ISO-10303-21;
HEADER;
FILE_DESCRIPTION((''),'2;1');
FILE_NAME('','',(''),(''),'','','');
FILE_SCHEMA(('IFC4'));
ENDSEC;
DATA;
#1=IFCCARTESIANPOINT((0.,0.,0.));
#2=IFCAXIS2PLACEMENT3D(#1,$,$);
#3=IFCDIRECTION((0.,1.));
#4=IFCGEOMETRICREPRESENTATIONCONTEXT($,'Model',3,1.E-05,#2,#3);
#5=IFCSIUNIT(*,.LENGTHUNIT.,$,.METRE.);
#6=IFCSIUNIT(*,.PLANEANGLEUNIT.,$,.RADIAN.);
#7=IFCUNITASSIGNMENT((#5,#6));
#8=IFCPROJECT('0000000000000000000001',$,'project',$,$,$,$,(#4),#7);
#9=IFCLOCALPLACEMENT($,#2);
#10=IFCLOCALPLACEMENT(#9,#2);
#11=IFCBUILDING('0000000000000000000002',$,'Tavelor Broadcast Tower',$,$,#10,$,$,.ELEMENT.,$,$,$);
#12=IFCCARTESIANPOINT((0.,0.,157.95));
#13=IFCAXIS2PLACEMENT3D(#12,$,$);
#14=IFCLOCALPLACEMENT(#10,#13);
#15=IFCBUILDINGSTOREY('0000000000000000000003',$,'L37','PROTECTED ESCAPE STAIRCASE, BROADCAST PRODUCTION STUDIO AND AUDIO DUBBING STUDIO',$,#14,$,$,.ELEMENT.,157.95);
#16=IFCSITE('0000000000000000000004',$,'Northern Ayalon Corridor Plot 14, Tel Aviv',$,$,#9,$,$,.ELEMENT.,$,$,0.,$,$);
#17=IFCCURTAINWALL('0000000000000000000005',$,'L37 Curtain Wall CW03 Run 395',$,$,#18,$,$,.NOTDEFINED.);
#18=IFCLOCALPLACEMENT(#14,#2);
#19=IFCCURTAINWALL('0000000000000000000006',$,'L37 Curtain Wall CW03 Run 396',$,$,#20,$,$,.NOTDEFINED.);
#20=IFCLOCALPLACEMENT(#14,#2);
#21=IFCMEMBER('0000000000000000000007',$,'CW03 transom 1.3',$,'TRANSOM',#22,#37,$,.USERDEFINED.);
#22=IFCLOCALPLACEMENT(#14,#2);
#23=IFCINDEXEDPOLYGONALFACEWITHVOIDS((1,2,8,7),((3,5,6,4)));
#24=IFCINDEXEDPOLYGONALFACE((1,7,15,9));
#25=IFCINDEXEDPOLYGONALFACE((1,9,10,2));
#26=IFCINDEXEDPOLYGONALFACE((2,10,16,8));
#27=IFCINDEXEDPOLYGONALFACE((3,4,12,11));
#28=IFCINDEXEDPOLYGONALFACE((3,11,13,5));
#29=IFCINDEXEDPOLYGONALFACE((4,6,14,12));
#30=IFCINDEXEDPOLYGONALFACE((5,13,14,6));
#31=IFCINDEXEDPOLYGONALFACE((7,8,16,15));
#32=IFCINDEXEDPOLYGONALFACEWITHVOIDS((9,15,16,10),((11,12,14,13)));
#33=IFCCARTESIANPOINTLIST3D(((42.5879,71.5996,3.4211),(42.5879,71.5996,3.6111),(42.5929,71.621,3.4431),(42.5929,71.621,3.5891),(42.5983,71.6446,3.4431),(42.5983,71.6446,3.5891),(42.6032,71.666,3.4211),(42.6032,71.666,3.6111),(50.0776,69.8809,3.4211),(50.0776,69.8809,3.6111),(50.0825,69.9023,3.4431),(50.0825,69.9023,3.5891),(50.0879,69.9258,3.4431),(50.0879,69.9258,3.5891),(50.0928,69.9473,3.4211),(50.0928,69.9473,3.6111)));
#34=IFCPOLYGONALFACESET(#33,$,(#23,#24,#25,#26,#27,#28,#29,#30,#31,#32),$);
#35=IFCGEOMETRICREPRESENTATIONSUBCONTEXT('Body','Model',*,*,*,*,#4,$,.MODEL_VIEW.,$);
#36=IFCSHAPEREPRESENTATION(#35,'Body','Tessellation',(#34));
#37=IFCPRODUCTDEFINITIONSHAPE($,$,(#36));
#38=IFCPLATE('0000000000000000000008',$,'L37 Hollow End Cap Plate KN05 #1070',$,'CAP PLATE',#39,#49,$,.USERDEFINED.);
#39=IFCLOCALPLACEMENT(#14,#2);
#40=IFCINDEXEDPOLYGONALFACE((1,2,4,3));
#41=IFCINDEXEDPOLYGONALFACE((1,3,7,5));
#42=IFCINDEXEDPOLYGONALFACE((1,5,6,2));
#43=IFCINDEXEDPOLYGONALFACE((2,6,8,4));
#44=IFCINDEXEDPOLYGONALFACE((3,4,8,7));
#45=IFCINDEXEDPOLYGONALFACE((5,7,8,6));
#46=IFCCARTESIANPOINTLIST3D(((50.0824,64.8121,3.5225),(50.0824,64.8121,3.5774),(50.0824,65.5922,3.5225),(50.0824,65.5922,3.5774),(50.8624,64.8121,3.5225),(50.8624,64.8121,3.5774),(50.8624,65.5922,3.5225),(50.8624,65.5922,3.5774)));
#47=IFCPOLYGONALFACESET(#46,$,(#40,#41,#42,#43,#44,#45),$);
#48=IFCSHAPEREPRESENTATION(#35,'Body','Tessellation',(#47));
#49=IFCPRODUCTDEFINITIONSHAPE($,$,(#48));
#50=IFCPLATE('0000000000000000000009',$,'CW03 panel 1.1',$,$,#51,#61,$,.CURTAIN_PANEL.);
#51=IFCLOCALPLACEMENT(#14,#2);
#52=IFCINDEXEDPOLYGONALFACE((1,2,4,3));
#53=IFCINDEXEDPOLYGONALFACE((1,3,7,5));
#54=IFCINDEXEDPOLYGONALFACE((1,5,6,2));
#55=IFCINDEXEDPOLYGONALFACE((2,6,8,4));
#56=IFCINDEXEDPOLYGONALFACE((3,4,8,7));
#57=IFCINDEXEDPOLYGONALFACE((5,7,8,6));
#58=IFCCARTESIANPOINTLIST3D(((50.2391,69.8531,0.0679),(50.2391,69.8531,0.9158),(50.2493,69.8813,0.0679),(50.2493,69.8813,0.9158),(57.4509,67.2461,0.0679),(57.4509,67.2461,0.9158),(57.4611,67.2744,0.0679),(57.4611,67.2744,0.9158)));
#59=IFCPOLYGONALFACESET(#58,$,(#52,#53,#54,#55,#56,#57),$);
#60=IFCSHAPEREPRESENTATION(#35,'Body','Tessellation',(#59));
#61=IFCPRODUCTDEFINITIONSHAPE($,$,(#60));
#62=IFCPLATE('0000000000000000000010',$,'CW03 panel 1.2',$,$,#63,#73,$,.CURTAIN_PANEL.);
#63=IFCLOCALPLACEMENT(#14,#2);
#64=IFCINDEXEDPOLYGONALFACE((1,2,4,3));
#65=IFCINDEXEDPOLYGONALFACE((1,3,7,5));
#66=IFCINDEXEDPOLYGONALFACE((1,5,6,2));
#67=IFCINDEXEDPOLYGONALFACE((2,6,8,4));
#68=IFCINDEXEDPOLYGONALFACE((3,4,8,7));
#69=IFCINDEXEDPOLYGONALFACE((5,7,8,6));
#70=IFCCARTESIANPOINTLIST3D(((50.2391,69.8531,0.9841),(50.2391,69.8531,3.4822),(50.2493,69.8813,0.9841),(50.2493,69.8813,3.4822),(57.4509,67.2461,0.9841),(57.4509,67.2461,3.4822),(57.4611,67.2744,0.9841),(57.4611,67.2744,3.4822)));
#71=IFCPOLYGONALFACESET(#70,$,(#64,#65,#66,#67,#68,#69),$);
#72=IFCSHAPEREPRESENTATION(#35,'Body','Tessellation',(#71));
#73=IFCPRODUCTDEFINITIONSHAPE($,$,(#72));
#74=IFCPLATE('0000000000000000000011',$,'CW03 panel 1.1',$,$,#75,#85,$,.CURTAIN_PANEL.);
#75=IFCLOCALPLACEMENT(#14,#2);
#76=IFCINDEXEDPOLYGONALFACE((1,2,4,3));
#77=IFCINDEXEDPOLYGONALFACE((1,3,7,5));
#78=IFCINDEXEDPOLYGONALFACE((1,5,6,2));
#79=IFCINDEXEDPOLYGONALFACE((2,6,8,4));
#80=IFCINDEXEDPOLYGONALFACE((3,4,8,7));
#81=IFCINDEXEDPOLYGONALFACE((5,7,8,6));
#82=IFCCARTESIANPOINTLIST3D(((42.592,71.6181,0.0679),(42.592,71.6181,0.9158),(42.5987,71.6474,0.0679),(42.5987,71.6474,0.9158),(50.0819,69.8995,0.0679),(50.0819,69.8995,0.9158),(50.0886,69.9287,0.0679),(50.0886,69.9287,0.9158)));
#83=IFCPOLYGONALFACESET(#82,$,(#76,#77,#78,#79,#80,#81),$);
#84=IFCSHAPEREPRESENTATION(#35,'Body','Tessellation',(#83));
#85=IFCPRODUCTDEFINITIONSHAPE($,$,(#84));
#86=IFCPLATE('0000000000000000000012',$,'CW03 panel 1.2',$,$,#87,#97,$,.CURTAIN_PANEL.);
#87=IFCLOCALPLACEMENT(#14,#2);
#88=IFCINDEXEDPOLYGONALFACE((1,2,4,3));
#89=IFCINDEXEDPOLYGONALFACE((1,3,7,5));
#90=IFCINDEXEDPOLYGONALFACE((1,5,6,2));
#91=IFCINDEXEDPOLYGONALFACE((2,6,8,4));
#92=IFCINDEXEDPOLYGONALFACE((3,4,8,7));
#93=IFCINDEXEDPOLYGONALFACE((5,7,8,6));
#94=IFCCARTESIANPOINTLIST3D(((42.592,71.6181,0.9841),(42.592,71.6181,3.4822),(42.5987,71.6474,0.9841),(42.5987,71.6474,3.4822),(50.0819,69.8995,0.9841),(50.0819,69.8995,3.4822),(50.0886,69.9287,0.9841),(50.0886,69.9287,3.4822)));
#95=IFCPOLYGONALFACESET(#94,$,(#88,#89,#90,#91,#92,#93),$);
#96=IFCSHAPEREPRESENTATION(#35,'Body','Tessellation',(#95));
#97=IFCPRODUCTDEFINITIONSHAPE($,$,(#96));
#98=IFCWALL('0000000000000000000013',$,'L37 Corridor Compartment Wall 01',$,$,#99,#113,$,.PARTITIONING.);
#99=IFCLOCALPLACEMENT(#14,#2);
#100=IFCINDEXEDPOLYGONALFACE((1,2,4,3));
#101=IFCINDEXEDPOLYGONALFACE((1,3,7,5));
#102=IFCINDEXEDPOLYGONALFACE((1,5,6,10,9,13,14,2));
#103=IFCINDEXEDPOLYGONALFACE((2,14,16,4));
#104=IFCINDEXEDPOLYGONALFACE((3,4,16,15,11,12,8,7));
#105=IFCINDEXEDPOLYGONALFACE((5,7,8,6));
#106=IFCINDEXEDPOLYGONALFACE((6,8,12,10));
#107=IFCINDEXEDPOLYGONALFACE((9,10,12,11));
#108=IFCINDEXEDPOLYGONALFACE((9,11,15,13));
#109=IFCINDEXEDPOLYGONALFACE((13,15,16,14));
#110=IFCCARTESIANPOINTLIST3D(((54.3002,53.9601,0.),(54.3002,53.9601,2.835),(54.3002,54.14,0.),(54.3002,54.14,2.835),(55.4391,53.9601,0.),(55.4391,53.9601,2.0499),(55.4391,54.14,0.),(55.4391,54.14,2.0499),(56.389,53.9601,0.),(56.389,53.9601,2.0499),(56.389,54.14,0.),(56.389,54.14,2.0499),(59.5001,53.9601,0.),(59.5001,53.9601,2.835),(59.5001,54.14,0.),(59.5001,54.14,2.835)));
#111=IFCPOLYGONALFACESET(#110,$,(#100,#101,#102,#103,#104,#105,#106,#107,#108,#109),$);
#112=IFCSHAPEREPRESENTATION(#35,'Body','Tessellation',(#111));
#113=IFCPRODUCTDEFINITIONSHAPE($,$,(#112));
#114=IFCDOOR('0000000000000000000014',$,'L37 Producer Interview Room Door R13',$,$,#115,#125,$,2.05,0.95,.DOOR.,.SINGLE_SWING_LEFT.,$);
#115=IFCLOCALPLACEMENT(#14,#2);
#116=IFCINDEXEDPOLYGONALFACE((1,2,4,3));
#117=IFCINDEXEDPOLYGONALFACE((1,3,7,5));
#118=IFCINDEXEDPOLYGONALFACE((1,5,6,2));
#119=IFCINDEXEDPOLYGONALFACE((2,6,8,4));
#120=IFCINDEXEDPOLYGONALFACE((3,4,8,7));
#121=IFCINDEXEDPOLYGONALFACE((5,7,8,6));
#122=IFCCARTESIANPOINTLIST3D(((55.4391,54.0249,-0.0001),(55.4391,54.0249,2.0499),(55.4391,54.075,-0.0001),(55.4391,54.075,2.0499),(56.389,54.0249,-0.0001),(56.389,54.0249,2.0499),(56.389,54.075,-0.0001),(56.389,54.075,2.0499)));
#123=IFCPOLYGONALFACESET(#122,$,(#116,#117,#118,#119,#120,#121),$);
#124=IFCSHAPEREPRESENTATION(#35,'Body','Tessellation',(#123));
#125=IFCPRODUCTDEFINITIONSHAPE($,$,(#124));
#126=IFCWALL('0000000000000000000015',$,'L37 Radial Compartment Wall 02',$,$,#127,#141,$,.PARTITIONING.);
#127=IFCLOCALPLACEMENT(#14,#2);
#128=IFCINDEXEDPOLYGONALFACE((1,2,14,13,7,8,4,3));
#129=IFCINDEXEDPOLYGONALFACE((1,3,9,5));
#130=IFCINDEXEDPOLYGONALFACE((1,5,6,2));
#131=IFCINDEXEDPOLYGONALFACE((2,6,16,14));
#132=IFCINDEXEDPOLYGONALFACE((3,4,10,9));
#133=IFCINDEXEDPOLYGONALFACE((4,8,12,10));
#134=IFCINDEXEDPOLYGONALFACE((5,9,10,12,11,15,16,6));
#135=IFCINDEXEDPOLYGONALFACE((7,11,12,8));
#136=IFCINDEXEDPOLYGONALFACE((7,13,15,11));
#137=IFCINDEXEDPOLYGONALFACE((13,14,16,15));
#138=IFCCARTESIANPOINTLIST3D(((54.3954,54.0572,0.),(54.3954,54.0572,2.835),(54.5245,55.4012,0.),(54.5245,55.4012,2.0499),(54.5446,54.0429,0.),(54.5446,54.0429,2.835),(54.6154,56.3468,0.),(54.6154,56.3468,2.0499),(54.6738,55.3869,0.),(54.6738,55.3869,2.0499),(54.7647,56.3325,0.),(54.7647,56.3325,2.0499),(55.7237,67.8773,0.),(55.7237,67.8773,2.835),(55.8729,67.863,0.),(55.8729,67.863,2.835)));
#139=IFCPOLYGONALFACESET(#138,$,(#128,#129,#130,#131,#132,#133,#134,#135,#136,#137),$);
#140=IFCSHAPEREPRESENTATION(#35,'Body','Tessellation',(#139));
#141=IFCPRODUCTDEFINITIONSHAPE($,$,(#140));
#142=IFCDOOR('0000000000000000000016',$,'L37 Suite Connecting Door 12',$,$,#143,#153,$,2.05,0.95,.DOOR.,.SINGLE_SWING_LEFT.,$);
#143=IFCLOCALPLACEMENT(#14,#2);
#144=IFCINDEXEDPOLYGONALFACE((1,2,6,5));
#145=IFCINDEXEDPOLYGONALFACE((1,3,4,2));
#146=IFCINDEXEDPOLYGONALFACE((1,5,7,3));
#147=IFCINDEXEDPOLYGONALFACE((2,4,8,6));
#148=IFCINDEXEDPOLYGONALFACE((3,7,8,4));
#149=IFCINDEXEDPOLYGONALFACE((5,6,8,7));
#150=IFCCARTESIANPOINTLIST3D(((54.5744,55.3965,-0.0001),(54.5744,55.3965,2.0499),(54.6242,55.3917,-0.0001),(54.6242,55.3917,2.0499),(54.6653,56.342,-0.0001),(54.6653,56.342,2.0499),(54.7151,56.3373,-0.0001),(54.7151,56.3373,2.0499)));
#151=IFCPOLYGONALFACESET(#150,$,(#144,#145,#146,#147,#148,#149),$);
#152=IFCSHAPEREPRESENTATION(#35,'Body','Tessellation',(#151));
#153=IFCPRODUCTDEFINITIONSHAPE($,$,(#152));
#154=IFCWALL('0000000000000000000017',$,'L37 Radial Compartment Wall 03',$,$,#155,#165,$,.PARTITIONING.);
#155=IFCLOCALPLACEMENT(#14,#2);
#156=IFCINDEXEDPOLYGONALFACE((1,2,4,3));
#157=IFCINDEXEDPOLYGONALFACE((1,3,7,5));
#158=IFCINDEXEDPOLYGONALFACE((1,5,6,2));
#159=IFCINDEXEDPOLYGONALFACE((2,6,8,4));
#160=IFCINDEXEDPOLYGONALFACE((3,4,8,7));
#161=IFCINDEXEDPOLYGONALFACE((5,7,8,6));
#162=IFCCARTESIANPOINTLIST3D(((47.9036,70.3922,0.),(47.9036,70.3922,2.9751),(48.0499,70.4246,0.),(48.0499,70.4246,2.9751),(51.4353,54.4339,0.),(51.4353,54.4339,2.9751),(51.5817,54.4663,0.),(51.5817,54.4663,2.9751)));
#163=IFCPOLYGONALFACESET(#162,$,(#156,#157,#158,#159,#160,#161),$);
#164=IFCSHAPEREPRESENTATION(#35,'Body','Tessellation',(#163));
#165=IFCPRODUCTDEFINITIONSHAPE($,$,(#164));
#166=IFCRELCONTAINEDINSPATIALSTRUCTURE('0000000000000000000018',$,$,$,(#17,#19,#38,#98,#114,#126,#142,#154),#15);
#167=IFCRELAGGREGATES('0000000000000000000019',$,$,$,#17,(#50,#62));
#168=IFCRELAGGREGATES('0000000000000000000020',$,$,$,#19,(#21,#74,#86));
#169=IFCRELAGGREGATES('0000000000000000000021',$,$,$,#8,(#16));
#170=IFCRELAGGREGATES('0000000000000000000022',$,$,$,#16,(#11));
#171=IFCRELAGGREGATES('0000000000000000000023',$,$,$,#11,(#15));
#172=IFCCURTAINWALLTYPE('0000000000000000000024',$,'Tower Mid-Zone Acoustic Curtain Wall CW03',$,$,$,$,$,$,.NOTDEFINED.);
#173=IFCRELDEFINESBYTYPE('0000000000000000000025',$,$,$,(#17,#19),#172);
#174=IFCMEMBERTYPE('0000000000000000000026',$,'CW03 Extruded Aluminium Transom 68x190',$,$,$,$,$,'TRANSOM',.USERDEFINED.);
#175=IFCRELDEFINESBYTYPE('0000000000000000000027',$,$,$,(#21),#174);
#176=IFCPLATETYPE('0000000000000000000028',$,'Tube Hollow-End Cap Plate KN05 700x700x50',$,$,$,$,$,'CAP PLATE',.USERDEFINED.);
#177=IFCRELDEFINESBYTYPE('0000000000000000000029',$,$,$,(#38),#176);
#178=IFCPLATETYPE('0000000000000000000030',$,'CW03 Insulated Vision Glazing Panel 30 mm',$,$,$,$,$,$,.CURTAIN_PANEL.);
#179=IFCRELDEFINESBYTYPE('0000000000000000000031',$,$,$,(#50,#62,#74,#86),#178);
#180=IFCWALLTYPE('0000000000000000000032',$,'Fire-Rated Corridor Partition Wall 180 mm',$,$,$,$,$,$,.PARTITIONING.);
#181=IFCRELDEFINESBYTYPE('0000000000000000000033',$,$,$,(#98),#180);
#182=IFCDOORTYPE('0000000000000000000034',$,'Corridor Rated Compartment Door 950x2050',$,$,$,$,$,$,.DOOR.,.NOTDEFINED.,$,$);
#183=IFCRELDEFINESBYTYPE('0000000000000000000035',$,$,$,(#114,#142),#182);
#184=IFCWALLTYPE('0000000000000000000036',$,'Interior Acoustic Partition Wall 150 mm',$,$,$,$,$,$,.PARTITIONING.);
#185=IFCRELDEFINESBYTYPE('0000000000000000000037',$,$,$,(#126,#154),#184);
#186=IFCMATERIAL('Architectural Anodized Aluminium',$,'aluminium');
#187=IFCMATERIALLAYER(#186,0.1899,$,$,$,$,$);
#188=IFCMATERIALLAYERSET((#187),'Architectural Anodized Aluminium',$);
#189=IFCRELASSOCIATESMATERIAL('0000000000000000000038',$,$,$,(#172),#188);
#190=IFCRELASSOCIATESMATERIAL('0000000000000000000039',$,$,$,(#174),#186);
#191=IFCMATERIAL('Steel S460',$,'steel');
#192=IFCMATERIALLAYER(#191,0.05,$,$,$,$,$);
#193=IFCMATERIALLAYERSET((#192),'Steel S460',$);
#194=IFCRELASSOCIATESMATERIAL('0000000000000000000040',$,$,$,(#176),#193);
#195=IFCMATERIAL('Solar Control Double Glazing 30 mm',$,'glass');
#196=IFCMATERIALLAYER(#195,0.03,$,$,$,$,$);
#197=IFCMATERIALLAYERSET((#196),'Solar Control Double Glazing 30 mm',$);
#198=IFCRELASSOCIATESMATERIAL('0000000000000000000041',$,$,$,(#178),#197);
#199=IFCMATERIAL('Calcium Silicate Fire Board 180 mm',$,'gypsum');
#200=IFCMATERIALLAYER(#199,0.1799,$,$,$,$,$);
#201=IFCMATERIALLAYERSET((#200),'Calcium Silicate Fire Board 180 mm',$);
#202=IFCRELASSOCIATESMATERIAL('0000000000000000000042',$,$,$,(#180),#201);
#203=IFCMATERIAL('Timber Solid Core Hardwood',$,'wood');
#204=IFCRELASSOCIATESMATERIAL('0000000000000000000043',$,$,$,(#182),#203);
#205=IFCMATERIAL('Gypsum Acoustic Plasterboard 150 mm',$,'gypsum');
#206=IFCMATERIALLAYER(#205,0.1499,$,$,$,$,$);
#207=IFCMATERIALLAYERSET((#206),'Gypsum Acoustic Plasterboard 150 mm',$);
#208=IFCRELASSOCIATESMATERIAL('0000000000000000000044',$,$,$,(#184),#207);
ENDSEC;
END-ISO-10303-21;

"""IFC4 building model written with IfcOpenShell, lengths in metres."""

from ifc_helpers import new_model, si_unit, direction, frame, frame_2d, origin, origin_2d, place, context, subcontext, project, spatial, rectangle, hollow_rectangle, extrude, source, transform, mapped, material, layer, layer_set, material_profile, profile_set, type_object, type_shapes, element, fill, aggregate, save


model = new_model("IFC4")

# Units and contexts
model_context = context("Model", 3, precision=1e-05, world=origin(), true_north=direction((0.0, 1.0)))
body_context = subcontext(model_context, "Body", "Model", "MODEL_VIEW")
ifc_project = project(units=[si_unit("LENGTHUNIT", "METRE"), si_unit("PLANEANGLEUNIT", "RADIAN")], contexts=[model_context])

# Site, building, storey
site_placement = place(None, origin())
site = spatial("IfcSite", under=ifc_project, at=site_placement, Name="Northern Ayalon Corridor Plot 14, Tel Aviv", CompositionType="ELEMENT", RefElevation=0.0)
building_placement = place(site_placement, origin())
building = spatial("IfcBuilding", under=site, at=building_placement, Name="Tavelor Broadcast Tower", CompositionType="ELEMENT")
storey_placement = place(building_placement, frame((0.0, 0.0, 157.95)))
storey = spatial("IfcBuildingStorey", under=building, at=storey_placement, Name="L37", Description="PROTECTED ESCAPE STAIRCASE, BROADCAST PRODUCTION STUDIO AND AUDIO DUBBING STUDIO", CompositionType="ELEMENT", Elevation=157.95)

# Shared definitions
ifc_material_1 = material(Name="Steel S460", Category="steel")

# Curtain wall
ifc_material_2 = material(Name="Architectural Anodized Aluminium", Category="aluminium")
ifc_layer_1 = layer(ifc_material_2, 0.1899)
ifc_layer_set_1 = layer_set([ifc_layer_1], Name="Architectural Anodized Aluminium")
curtain_wall_type = type_object("IfcCurtainWallType", Name="Tower Mid-Zone Acoustic Curtain Wall CW03", PredefinedType="NOTDEFINED", material=ifc_layer_set_1)
curtain_wall_1_placement = place(storey_placement, origin())
curtain_wall_1 = element("IfcCurtainWall", 1, at=curtain_wall_1_placement, inside=storey, type_object=curtain_wall_type, Name="L37 Curtain Wall CW03 Run 395", PredefinedType="NOTDEFINED")

# Curtain wall, member
curtain_wall_2_placement = place(storey_placement, origin())
curtain_wall_2 = element("IfcCurtainWall", 2, at=curtain_wall_2_placement, inside=storey, type_object=curtain_wall_type, Name="L37 Curtain Wall CW03 Run 396", PredefinedType="NOTDEFINED")
ifc_material_profile_1 = material_profile(ifc_material_2, hollow_rectangle(XDim=0.0681, YDim=0.1899, WallThickness=0.022, at=origin_2d()), Name="RHS 68x190x22")
ifc_profile_set_1 = profile_set([ifc_material_profile_1], Name="Architectural Anodized Aluminium")
member_type_1 = type_object("IfcMemberType", Name="CW03 Extruded Aluminium Transom 68x190", ElementType="TRANSOM", PredefinedType="USERDEFINED", material=ifc_profile_set_1)
shared_shape_1 = source(origin(), body_context, "Body", "SweptSolid", [
    extrude(hollow_rectangle(XDim=0.0681, YDim=0.1899, WallThickness=0.022, at=origin_2d()), origin(), (0.0, 0.0, 1.0), 7.6843),
])
type_shapes(member_type_1, [shared_shape_1])
member_1_placement = place(storey_placement, frame((50.0852, 69.9141, 3.5161), z_axis=(-0.974666, 0.223667, 0.0), x_axis=(-0.223667, -0.974666, 0.0)))
member_1 = element("IfcMember", 3, at=member_1_placement, type_object=member_type_1, Name="CW03 transom 1.3", ObjectType="TRANSOM", PredefinedType="USERDEFINED", context=body_context, shape_type="MappedRepresentation", body=[
    mapped(shared_shape_1, transform((0.0, 0.0, 0.0), scale=1.0)),
])

# Plates
ifc_layer_2 = layer(ifc_material_1, 0.05)
ifc_layer_set_2 = layer_set([ifc_layer_2], Name="Steel S460")
plate_type_1 = type_object("IfcPlateType", Name="Tube Hollow-End Cap Plate KN05 700x700x50", ElementType="CAP PLATE", PredefinedType="USERDEFINED", material=ifc_layer_set_2)
shared_shape_2 = source(origin(), body_context, "Body", "SweptSolid", [
    extrude(rectangle(XDim=0.78, YDim=0.78, at=origin_2d()), origin(), (0.0, 0.0, 1.0), 0.0549),
])
type_shapes(plate_type_1, [shared_shape_2])
plate_1_placement = place(storey_placement, frame((50.4724, 65.2021, 3.5225), z_axis=(0.0, 0.0, 1.0), x_axis=(1.0, 0.0, 0.0)))
element("IfcPlate", 4, at=plate_1_placement, inside=storey, type_object=plate_type_1, Name="L37 Hollow End Cap Plate KN05 #1070", ObjectType="CAP PLATE", PredefinedType="USERDEFINED", context=body_context, shape_type="MappedRepresentation", body=[
    mapped(shared_shape_2, transform((0.0, 0.0, 0.0), scale=1.0)),
])
ifc_material_3 = material(Name="Solar Control Double Glazing 30 mm", Category="glass")
ifc_layer_3 = layer(ifc_material_3, 0.03)
ifc_layer_set_3 = layer_set([ifc_layer_3], Name="Solar Control Double Glazing 30 mm")
plate_type_2 = type_object("IfcPlateType", Name="CW03 Insulated Vision Glazing Panel 30 mm", PredefinedType="CURTAIN_PANEL", material=ifc_layer_set_3)
shared_shape_3 = source(origin(), body_context, "Body", "SweptSolid", [
    extrude(rectangle(XDim=7.6685, YDim=0.03, at=origin_2d()), origin(), (0.0, 0.0, 1.0), 0.8479),
])
plate_2_placement = place(storey_placement, frame((53.8501, 68.5637, 0.0679), z_axis=(0.0, 0.0, 1.0), x_axis=(-0.94044, 0.339961, 0.0)))
plate_2 = element("IfcPlate", 5, at=plate_2_placement, type_object=plate_type_2, Name="CW03 panel 1.1", PredefinedType="CURTAIN_PANEL", context=body_context, shape_type="MappedRepresentation", body=[
    mapped(shared_shape_3, transform((0.0, 0.0, 0.0), scale=1.0)),
])
shared_shape_4 = source(origin(), body_context, "Body", "SweptSolid", [
    extrude(rectangle(XDim=7.6685, YDim=0.03, at=origin_2d()), origin(), (0.0, 0.0, 1.0), 2.498),
])
plate_3_placement = place(storey_placement, frame((53.8501, 68.5637, 0.9841), z_axis=(0.0, 0.0, 1.0), x_axis=(-0.94044, 0.339961, 0.0)))
plate_3 = element("IfcPlate", 6, at=plate_3_placement, type_object=plate_type_2, Name="CW03 panel 1.2", PredefinedType="CURTAIN_PANEL", context=body_context, shape_type="MappedRepresentation", body=[
    mapped(shared_shape_4, transform((0.0, 0.0, 0.0), scale=1.0)),
])
aggregate(curtain_wall_1, [plate_2, plate_3])
shared_shape_5 = source(origin(), body_context, "Body", "SweptSolid", [
    extrude(rectangle(XDim=7.6846, YDim=0.03, at=origin_2d()), origin(), (0.0, 0.0, 1.0), 0.8479),
])
plate_4_placement = place(storey_placement, frame((46.3403, 70.7734, 0.0679), z_axis=(0.0, 0.0, 1.0), x_axis=(-0.974669, 0.223653, 0.0)))
plate_4 = element("IfcPlate", 7, at=plate_4_placement, type_object=plate_type_2, Name="CW03 panel 1.1", PredefinedType="CURTAIN_PANEL", context=body_context, shape_type="MappedRepresentation", body=[
    mapped(shared_shape_5, transform((0.0, 0.0, 0.0), scale=1.0)),
])
shared_shape_6 = source(origin(), body_context, "Body", "SweptSolid", [
    extrude(rectangle(XDim=7.6846, YDim=0.03, at=origin_2d()), origin(), (0.0, 0.0, 1.0), 2.498),
])
type_shapes(plate_type_2, [shared_shape_3, shared_shape_4, shared_shape_5, shared_shape_6])
plate_5_placement = place(storey_placement, frame((46.3403, 70.7734, 0.9841), z_axis=(0.0, 0.0, 1.0), x_axis=(-0.974669, 0.223653, 0.0)))
plate_5 = element("IfcPlate", 8, at=plate_5_placement, type_object=plate_type_2, Name="CW03 panel 1.2", PredefinedType="CURTAIN_PANEL", context=body_context, shape_type="MappedRepresentation", body=[
    mapped(shared_shape_6, transform((0.0, 0.0, 0.0), scale=1.0)),
])
aggregate(curtain_wall_2, [member_1, plate_4, plate_5])

# Walls, openings, doors
ifc_material_4 = material(Name="Calcium Silicate Fire Board 180 mm", Category="gypsum")
ifc_layer_4 = layer(ifc_material_4, 0.1799)
ifc_layer_set_4 = layer_set([ifc_layer_4], Name="Calcium Silicate Fire Board 180 mm")
wall_type_1 = type_object("IfcWallType", Name="Fire-Rated Corridor Partition Wall 180 mm", PredefinedType="PARTITIONING", material=ifc_layer_set_4)
wall_1_placement = place(storey_placement, frame((54.3, 54.05, 0.0), z_axis=(0.0, 0.0, 1.0), x_axis=(1.0, 0.0, 0.0)))
wall_1 = element("IfcWall", 9, at=wall_1_placement, inside=storey, type_object=wall_type_1, Name="L37 Corridor Compartment Wall 01", PredefinedType="PARTITIONING", context=body_context, shape_type="SweptSolid", body=[
    extrude(rectangle(XDim=5.2, YDim=0.1799, at=frame_2d((2.6001, 0.0))), origin(), (0.0, 0.0, 1.0), 2.835),
])
opening_1_placement = place(wall_1_placement, frame((1.1389, 0.0, 0.0)))
opening_1 = element("IfcOpeningElement", 10, at=opening_1_placement, cuts=wall_1, PredefinedType="OPENING", context=body_context, shape_type="SweptSolid", body=[
    extrude(rectangle(XDim=0.95, YDim=2.05, at=frame_2d((0.4751, 1.0249))), frame((0.0, 0.1001, 0.0), z_axis=(0.0, -1.0, 0.0), x_axis=(1.0, 0.0, 0.0)), (0.0, 0.0, 1.0), 0.2),
])
ifc_material_5 = material(Name="Timber Solid Core Hardwood", Category="wood")
door_type = type_object("IfcDoorType", Name="Corridor Rated Compartment Door 950x2050", OperationType="NOTDEFINED", PredefinedType="DOOR", material=ifc_material_5)
door_1_placement = place(opening_1_placement, origin())
door_1 = element("IfcDoor", 11, at=door_1_placement, inside=storey, type_object=door_type, Name="L37 Producer Interview Room Door R13", OperationType="SINGLE_SWING_LEFT", OverallHeight=2.05, OverallWidth=0.95, PredefinedType="DOOR", context=body_context, shape_type="SweptSolid", body=[
    extrude(rectangle(XDim=0.95, YDim=2.05, at=frame_2d((0.4751, 1.0249))), frame((0.0, 0.0249, 0.0), z_axis=(0.0, -1.0, 0.0), x_axis=(1.0, 0.0, 0.0)), (0.0, 0.0, 1.0), 0.05),
])
fill(opening_1, door_1)
ifc_material_6 = material(Name="Gypsum Acoustic Plasterboard 150 mm", Category="gypsum")
ifc_layer_5 = layer(ifc_material_6, 0.1499)
ifc_layer_set_5 = layer_set([ifc_layer_5], Name="Gypsum Acoustic Plasterboard 150 mm")
wall_type_2 = type_object("IfcWallType", Name="Interior Acoustic Partition Wall 150 mm", PredefinedType="PARTITIONING", material=ifc_layer_set_5)
wall_2_placement = place(storey_placement, frame((54.47, 54.05, 0.0), z_axis=(0.0, 0.0, 1.0), x_axis=(0.095678, 0.995412, 0.0)))
wall_2 = element("IfcWall", 12, at=wall_2_placement, inside=storey, type_object=wall_type_2, Name="L37 Radial Compartment Wall 02", PredefinedType="PARTITIONING", context=body_context, shape_type="SweptSolid", body=[
    extrude(rectangle(XDim=13.8838, YDim=0.1499, at=frame_2d((6.9419, 0.0))), origin(), (0.0, 0.0, 1.0), 2.835),
])
opening_2_placement = place(wall_2_placement, frame((1.3501, 0.0, 0.0)))
opening_2 = element("IfcOpeningElement", 13, at=opening_2_placement, cuts=wall_2, PredefinedType="OPENING", context=body_context, shape_type="SweptSolid", body=[
    extrude(rectangle(XDim=0.95, YDim=2.05, at=frame_2d((0.4751, 1.0249))), frame((0.0, 0.085, 0.0), z_axis=(0.0, -1.0, 0.0), x_axis=(1.0, 0.0, 0.0)), (0.0, 0.0, 1.0), 0.1699),
])
door_2_placement = place(opening_2_placement, origin())
door_2 = element("IfcDoor", 14, at=door_2_placement, inside=storey, type_object=door_type, Name="L37 Suite Connecting Door 12", OperationType="SINGLE_SWING_LEFT", OverallHeight=2.05, OverallWidth=0.95, PredefinedType="DOOR", context=body_context, shape_type="SweptSolid", body=[
    extrude(rectangle(XDim=0.95, YDim=2.05, at=frame_2d((0.4751, 1.0249))), frame((0.0, 0.0249, 0.0), z_axis=(0.0, -1.0, 0.0), x_axis=(1.0, 0.0, 0.0)), (0.0, 0.0, 1.0), 0.05),
])
fill(opening_2, door_2)

# Wall
wall_3_placement = place(storey_placement, frame((51.5085, 54.45, 0.0), z_axis=(0.0, 0.0, 1.0), x_axis=(-0.216083, 0.976375, 0.0)))
element("IfcWall", 15, at=wall_3_placement, inside=storey, type_object=wall_type_2, Name="L37 Radial Compartment Wall 03", PredefinedType="PARTITIONING", context=body_context, shape_type="SweptSolid", body=[
    extrude(rectangle(XDim=16.3445, YDim=0.1499, at=frame_2d((8.1724, 0.0))), origin(), (0.0, 0.0, 1.0), 2.9751),
])

save(model, "model.ifc")
